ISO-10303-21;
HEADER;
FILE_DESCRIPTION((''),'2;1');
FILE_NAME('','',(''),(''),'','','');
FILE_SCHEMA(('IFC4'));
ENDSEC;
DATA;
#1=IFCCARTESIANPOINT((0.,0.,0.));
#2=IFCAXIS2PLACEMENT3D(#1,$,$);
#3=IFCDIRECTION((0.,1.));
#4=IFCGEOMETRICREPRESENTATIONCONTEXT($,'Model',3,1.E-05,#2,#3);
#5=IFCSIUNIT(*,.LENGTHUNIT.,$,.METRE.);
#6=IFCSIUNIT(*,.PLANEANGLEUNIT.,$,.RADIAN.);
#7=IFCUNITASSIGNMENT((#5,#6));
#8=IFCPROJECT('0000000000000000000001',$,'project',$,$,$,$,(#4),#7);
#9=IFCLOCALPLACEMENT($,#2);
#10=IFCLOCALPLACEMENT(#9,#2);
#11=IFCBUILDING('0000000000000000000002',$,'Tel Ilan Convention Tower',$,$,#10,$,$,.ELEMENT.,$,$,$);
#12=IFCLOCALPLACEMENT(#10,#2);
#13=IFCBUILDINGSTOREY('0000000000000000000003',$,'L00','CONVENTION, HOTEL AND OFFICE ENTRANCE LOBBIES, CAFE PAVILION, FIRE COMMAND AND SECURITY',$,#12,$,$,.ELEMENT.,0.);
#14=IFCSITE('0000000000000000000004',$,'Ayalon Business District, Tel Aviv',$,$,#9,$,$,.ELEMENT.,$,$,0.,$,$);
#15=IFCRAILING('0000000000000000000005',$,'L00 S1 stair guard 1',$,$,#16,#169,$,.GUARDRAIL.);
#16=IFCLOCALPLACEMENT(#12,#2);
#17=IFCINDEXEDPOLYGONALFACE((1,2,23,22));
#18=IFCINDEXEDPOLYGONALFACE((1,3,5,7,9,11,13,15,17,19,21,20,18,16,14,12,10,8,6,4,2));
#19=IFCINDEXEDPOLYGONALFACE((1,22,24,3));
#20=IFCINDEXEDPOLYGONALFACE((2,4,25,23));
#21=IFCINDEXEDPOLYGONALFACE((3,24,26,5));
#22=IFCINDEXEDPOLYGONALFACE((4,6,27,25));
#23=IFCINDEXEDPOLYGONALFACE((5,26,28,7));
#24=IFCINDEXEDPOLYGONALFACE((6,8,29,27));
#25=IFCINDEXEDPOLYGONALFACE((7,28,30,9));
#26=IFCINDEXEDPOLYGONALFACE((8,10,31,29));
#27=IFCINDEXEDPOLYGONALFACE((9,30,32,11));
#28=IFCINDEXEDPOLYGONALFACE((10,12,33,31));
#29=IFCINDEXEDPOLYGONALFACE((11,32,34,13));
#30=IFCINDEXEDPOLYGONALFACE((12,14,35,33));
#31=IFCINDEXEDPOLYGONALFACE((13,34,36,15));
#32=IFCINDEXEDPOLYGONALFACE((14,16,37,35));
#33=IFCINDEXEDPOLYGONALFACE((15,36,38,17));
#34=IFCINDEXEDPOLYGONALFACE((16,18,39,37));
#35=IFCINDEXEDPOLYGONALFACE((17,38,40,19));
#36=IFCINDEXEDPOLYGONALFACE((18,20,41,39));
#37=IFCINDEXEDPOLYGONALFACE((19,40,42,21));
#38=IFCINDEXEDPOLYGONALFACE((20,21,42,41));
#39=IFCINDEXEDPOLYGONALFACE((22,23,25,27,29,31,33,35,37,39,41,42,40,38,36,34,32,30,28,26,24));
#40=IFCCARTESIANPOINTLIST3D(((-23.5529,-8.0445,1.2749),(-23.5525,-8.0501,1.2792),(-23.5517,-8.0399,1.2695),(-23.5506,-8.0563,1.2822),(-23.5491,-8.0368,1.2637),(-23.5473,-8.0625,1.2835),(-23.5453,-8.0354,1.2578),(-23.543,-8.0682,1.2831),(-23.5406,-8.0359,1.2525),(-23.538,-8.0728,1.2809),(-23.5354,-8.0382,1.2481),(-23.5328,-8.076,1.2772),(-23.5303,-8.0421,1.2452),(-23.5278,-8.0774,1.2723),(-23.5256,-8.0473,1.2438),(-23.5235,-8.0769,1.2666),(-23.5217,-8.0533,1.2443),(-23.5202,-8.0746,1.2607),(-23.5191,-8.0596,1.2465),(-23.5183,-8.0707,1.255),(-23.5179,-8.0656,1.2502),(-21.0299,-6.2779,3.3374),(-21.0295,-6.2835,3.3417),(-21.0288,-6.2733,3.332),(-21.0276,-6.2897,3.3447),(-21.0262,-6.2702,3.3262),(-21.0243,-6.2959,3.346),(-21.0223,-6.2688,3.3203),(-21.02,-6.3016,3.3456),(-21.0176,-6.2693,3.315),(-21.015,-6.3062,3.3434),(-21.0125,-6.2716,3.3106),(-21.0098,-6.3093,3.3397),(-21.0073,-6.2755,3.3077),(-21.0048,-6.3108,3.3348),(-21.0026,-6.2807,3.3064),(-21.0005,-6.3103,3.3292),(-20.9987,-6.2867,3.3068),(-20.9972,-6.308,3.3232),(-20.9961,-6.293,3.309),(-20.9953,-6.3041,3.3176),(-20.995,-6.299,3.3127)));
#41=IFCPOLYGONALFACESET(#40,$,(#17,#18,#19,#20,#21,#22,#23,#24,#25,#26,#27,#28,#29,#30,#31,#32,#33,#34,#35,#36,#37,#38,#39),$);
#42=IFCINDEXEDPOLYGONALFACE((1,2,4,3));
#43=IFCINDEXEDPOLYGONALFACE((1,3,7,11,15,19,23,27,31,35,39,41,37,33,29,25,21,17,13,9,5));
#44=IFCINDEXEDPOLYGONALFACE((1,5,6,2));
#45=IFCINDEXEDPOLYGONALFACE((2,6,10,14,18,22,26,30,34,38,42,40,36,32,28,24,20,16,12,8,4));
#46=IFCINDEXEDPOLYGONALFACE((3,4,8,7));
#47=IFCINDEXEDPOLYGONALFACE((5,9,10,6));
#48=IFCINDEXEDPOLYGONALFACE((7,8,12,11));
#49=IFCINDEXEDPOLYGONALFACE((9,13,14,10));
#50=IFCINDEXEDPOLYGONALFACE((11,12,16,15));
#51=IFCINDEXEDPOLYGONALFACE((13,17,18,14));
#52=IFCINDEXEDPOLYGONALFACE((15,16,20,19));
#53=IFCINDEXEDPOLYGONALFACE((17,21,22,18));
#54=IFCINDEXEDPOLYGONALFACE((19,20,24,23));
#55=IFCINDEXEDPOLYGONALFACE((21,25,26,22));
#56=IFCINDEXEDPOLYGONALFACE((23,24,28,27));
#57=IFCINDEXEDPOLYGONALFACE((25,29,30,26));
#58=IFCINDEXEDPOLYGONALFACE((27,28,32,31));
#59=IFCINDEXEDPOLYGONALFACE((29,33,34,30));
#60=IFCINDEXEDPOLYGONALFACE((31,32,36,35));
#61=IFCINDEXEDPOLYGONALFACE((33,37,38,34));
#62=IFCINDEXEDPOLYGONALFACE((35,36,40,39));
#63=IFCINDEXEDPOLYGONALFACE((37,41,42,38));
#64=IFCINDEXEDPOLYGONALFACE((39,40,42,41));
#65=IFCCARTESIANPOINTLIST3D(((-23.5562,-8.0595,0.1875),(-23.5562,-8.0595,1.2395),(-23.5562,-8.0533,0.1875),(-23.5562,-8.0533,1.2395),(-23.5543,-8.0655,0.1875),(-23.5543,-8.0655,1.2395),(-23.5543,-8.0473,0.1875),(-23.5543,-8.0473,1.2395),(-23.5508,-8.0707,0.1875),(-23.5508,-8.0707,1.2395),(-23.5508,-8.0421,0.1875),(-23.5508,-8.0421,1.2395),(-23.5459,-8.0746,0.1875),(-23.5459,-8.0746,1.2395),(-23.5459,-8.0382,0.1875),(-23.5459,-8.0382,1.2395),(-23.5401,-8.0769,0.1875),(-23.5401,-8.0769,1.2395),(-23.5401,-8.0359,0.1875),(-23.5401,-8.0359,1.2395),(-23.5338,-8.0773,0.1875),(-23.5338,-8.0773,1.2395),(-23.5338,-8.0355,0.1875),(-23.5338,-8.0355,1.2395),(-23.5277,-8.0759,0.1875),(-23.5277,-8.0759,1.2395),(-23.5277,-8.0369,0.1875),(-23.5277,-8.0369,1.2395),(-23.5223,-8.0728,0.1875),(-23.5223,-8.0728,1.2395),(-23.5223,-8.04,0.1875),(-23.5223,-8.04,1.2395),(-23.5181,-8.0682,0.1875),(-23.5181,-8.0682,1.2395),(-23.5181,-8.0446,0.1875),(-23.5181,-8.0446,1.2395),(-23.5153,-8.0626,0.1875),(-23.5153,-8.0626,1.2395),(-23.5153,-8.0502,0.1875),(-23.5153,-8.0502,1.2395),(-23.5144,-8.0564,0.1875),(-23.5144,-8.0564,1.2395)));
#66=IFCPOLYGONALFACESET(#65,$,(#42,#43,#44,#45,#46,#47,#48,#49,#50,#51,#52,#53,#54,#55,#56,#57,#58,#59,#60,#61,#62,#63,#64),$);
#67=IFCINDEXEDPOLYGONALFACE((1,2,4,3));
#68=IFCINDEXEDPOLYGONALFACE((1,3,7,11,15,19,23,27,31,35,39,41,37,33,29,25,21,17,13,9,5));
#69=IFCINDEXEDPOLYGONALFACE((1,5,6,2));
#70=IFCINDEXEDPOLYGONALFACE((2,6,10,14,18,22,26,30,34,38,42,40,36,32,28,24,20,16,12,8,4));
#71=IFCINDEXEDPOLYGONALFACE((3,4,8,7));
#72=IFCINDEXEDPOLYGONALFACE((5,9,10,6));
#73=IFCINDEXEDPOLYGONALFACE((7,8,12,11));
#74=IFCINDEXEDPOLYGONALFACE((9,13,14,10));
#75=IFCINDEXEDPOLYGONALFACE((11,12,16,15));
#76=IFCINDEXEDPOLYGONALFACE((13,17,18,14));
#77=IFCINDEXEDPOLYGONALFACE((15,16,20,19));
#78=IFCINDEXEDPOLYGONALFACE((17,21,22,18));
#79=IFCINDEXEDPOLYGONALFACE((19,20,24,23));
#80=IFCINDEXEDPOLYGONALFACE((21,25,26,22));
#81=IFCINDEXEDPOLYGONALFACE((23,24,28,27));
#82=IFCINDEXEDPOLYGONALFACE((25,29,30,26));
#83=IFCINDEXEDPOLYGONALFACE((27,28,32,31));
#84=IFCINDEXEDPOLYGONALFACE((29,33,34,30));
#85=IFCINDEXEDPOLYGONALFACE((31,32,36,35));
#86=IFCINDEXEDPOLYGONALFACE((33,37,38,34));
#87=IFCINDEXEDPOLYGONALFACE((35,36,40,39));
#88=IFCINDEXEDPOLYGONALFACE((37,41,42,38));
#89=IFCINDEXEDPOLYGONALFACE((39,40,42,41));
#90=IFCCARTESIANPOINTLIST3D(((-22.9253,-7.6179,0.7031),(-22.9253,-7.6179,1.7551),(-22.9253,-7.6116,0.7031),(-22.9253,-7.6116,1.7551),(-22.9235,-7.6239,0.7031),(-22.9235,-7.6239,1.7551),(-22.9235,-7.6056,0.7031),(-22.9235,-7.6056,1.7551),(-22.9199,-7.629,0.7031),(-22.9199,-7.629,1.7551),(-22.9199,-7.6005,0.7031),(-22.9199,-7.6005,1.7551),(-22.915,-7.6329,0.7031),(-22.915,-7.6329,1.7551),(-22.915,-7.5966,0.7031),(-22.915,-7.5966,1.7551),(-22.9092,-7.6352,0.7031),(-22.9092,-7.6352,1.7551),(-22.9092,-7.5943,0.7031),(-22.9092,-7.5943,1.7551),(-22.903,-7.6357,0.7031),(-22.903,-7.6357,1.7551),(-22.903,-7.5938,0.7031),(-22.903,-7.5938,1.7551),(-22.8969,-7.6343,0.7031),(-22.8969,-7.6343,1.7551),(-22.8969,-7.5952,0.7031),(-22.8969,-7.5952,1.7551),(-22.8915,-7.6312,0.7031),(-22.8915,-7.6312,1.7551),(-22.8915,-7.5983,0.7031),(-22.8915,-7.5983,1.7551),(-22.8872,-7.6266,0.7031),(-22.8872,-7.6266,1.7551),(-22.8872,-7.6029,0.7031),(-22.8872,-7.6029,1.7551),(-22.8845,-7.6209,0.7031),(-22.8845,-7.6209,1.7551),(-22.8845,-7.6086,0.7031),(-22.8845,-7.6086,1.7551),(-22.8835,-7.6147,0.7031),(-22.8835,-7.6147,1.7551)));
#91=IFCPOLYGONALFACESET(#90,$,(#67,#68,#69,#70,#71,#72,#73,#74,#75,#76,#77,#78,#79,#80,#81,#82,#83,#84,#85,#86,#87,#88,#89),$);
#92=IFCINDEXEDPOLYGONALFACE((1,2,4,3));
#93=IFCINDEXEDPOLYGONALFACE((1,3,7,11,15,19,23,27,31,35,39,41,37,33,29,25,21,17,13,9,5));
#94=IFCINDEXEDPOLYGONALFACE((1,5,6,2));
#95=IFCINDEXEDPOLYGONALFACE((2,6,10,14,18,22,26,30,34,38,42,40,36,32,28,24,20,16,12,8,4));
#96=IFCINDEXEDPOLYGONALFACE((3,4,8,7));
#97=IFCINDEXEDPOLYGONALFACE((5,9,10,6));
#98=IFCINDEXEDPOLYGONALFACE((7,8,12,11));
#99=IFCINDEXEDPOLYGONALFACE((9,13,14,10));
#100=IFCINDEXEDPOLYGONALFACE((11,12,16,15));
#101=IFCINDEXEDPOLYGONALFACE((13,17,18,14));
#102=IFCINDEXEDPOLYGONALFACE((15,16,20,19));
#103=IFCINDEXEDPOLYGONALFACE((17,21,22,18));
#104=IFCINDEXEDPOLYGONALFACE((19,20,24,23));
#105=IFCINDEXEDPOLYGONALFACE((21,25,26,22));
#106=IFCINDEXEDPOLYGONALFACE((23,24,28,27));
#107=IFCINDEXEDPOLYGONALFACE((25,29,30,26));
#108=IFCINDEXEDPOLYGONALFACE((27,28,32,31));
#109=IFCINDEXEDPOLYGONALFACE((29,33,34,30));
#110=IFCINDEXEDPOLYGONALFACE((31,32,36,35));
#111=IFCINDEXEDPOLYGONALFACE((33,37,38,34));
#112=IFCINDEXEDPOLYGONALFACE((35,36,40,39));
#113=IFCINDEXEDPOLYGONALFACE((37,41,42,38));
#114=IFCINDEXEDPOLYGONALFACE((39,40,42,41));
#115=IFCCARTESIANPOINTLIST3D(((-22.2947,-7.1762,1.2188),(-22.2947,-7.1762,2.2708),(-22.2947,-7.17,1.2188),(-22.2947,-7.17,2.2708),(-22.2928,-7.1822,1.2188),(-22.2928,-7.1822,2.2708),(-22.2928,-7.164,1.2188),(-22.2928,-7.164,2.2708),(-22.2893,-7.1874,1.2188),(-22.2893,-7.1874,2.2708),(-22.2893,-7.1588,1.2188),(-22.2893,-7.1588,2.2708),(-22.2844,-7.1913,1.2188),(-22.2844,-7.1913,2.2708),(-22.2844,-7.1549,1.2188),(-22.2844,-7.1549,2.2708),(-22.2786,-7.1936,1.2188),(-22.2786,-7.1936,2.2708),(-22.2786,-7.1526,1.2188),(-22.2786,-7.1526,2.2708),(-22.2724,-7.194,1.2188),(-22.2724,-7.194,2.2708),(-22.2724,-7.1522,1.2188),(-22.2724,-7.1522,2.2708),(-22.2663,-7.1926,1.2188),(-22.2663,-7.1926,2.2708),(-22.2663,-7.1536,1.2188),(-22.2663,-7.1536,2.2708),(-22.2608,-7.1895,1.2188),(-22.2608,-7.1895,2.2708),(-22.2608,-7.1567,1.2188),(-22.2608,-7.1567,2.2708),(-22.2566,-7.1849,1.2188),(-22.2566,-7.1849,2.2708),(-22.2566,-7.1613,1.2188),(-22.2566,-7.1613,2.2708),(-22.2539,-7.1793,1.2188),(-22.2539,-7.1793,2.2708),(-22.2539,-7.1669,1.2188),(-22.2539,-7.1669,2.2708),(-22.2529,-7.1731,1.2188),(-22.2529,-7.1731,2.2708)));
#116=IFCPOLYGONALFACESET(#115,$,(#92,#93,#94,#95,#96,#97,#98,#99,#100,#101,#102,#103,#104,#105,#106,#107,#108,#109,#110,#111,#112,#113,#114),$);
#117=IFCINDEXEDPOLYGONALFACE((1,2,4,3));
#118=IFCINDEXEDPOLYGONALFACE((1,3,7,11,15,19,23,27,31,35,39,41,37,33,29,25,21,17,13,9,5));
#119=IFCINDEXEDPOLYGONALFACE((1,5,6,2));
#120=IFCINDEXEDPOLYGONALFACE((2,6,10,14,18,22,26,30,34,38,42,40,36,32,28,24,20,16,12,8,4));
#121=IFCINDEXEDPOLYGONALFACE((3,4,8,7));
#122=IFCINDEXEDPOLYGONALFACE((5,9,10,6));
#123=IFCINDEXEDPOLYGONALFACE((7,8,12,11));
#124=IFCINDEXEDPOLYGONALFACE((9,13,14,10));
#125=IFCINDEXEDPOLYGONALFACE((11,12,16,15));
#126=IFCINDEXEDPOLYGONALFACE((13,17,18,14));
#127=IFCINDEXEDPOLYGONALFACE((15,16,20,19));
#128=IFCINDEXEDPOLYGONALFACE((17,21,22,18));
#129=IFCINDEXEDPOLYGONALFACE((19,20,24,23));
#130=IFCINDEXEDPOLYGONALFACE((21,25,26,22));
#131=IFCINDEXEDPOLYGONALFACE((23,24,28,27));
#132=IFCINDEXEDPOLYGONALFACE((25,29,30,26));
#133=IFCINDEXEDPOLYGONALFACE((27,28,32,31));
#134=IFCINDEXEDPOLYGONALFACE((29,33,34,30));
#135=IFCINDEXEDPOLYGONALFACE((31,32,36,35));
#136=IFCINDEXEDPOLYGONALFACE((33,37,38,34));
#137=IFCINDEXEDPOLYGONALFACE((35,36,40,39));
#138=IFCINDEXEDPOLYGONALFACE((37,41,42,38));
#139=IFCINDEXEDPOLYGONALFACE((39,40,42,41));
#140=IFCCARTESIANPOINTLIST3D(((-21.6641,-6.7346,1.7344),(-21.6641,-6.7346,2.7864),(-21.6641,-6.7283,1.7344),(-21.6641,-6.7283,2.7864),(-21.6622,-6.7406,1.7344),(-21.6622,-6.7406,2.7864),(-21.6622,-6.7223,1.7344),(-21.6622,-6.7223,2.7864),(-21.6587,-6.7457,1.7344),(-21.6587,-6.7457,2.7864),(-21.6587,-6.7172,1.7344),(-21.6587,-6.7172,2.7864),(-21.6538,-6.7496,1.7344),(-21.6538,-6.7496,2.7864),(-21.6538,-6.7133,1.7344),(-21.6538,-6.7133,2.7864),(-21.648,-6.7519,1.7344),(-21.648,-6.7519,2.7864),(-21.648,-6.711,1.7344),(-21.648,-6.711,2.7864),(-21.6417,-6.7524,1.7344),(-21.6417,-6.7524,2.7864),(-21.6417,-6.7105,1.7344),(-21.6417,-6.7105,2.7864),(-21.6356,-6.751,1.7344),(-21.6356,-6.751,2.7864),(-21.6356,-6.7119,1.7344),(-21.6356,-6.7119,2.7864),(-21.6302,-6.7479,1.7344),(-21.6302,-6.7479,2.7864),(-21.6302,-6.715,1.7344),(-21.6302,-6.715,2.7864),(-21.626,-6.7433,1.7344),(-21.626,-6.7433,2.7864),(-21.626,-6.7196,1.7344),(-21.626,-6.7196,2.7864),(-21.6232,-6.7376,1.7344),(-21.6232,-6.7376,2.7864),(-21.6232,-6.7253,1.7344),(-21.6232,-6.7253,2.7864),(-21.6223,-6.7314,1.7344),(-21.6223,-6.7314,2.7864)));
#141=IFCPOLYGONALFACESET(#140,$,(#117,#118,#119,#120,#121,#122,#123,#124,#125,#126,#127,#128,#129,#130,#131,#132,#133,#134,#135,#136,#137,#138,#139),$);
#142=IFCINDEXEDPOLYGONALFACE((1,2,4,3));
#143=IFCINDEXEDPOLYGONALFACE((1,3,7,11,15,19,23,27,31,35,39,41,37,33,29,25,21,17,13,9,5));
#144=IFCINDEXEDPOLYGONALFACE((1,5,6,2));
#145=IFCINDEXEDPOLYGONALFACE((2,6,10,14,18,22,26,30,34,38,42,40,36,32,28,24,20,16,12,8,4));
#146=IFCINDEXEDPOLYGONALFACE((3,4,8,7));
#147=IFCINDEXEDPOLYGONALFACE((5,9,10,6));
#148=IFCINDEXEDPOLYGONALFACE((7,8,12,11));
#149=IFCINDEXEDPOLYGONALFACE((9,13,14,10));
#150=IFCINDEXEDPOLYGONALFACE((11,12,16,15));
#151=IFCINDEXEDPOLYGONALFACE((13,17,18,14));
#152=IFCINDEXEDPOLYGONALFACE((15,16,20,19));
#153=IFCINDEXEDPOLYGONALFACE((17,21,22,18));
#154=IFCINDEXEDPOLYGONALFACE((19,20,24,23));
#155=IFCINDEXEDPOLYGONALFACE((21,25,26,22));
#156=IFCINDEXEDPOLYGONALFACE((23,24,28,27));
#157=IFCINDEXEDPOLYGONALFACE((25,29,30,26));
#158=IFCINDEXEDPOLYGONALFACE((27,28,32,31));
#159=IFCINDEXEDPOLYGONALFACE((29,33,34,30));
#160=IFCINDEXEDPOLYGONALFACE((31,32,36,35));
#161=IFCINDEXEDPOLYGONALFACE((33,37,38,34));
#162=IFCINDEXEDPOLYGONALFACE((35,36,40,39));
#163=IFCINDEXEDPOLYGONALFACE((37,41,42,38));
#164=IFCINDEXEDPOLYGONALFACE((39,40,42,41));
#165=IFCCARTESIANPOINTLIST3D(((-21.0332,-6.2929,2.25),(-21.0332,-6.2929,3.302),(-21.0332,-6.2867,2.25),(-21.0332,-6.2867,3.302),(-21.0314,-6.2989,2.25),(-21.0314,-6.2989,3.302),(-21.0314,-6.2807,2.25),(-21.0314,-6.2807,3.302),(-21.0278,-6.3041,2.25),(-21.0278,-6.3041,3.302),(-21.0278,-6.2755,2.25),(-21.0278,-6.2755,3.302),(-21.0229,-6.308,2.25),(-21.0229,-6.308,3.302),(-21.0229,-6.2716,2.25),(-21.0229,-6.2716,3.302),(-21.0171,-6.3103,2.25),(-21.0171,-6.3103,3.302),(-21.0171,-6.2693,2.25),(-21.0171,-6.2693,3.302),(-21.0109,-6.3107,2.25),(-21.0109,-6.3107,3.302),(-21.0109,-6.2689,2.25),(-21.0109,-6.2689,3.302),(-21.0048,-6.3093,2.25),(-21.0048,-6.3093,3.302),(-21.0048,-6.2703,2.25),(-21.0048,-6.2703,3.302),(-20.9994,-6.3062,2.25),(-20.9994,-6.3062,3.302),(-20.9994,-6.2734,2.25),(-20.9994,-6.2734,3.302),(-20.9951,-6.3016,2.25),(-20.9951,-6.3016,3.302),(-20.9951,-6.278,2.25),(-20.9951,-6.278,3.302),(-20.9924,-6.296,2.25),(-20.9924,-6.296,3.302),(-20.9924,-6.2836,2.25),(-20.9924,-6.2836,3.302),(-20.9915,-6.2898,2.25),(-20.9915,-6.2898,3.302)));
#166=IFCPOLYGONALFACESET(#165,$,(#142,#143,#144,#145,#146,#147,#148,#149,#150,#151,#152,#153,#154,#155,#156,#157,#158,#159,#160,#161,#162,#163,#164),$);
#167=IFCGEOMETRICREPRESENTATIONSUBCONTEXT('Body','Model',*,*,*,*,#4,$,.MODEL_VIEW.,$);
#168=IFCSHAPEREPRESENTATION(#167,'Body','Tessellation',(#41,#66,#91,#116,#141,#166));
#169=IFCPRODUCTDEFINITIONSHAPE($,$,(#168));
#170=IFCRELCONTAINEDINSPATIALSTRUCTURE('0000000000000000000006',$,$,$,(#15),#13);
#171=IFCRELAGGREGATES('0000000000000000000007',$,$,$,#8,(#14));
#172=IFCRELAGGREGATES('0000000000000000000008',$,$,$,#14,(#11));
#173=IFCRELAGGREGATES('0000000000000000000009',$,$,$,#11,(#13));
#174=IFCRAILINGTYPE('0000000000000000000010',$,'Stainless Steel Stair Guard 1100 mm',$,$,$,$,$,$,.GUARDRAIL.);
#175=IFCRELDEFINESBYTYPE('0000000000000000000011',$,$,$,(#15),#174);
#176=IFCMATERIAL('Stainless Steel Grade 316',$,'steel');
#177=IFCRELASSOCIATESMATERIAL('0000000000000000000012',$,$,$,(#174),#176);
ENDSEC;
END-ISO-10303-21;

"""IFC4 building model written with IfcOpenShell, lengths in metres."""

from ifc_helpers import new_model, si_unit, direction, frame, origin, origin_2d, place, context, subcontext, project, spatial, circle, extrude, material, type_object, element, save


model = new_model("IFC4")

# Units and contexts
model_context = context("Model", 3, precision=1e-05, world=origin(), true_north=direction((0.0, 1.0)))
body_context = subcontext(model_context, "Body", "Model", "MODEL_VIEW")
ifc_project = project(units=[si_unit("LENGTHUNIT", "METRE"), si_unit("PLANEANGLEUNIT", "RADIAN")], contexts=[model_context])

# Site, building, storey
site_placement = place(None, origin())
site = spatial("IfcSite", under=ifc_project, at=site_placement, Name="Ayalon Business District, Tel Aviv", CompositionType="ELEMENT", RefElevation=0.0)
building_placement = place(site_placement, origin())
building = spatial("IfcBuilding", under=site, at=building_placement, Name="Tel Ilan Convention Tower", CompositionType="ELEMENT")
storey_placement = place(building_placement, origin())
storey = spatial("IfcBuildingStorey", under=building, at=storey_placement, Name="L00", Description="CONVENTION, HOTEL AND OFFICE ENTRANCE LOBBIES, CAFE PAVILION, FIRE COMMAND AND SECURITY", CompositionType="ELEMENT", Elevation=0.0)

# Railing
ifc_material_1 = material(Name="Stainless Steel Grade 316", Category="steel")
railing_type_1 = type_object("IfcRailingType", Name="Stainless Steel Stair Guard 1100 mm", PredefinedType="GUARDRAIL", material=ifc_material_1)
railing_1_placement = place(storey_placement, frame((-23.5354, -8.0564, 0.1875)))
element("IfcRailing", 1, at=railing_1_placement, inside=storey, type_object=railing_type_1, Name="L00 S1 stair guard 1", PredefinedType="GUARDRAIL", context=body_context, shape_type="SweptSolid", body=[
    extrude(circle(Radius=0.0239, at=origin_2d()), frame((0.0, 0.0, 1.0762), z_axis=(0.680635, 0.476589, 0.556416), x_axis=(-0.573579, 0.81915, 0.0)), (0.0, 0.0, 1.0), 3.7068),
    extrude(circle(Radius=0.021, at=origin_2d()), origin(), (0.0, 0.0, 1.0), 1.052),
    extrude(circle(Radius=0.021, at=origin_2d()), frame((0.6309, 0.4417, 0.5156)), (0.0, 0.0, 1.0), 1.052),
    extrude(circle(Radius=0.021, at=origin_2d()), frame((1.2615, 0.8833, 1.0312)), (0.0, 0.0, 1.0), 1.052),
    extrude(circle(Radius=0.021, at=origin_2d()), frame((1.8921, 1.325, 1.5469)), (0.0, 0.0, 1.0), 1.052),
    extrude(circle(Radius=0.021, at=origin_2d()), frame((2.5229, 1.7666, 2.0625)), (0.0, 0.0, 1.0), 1.052),
])

save(model, "model.ifc")
